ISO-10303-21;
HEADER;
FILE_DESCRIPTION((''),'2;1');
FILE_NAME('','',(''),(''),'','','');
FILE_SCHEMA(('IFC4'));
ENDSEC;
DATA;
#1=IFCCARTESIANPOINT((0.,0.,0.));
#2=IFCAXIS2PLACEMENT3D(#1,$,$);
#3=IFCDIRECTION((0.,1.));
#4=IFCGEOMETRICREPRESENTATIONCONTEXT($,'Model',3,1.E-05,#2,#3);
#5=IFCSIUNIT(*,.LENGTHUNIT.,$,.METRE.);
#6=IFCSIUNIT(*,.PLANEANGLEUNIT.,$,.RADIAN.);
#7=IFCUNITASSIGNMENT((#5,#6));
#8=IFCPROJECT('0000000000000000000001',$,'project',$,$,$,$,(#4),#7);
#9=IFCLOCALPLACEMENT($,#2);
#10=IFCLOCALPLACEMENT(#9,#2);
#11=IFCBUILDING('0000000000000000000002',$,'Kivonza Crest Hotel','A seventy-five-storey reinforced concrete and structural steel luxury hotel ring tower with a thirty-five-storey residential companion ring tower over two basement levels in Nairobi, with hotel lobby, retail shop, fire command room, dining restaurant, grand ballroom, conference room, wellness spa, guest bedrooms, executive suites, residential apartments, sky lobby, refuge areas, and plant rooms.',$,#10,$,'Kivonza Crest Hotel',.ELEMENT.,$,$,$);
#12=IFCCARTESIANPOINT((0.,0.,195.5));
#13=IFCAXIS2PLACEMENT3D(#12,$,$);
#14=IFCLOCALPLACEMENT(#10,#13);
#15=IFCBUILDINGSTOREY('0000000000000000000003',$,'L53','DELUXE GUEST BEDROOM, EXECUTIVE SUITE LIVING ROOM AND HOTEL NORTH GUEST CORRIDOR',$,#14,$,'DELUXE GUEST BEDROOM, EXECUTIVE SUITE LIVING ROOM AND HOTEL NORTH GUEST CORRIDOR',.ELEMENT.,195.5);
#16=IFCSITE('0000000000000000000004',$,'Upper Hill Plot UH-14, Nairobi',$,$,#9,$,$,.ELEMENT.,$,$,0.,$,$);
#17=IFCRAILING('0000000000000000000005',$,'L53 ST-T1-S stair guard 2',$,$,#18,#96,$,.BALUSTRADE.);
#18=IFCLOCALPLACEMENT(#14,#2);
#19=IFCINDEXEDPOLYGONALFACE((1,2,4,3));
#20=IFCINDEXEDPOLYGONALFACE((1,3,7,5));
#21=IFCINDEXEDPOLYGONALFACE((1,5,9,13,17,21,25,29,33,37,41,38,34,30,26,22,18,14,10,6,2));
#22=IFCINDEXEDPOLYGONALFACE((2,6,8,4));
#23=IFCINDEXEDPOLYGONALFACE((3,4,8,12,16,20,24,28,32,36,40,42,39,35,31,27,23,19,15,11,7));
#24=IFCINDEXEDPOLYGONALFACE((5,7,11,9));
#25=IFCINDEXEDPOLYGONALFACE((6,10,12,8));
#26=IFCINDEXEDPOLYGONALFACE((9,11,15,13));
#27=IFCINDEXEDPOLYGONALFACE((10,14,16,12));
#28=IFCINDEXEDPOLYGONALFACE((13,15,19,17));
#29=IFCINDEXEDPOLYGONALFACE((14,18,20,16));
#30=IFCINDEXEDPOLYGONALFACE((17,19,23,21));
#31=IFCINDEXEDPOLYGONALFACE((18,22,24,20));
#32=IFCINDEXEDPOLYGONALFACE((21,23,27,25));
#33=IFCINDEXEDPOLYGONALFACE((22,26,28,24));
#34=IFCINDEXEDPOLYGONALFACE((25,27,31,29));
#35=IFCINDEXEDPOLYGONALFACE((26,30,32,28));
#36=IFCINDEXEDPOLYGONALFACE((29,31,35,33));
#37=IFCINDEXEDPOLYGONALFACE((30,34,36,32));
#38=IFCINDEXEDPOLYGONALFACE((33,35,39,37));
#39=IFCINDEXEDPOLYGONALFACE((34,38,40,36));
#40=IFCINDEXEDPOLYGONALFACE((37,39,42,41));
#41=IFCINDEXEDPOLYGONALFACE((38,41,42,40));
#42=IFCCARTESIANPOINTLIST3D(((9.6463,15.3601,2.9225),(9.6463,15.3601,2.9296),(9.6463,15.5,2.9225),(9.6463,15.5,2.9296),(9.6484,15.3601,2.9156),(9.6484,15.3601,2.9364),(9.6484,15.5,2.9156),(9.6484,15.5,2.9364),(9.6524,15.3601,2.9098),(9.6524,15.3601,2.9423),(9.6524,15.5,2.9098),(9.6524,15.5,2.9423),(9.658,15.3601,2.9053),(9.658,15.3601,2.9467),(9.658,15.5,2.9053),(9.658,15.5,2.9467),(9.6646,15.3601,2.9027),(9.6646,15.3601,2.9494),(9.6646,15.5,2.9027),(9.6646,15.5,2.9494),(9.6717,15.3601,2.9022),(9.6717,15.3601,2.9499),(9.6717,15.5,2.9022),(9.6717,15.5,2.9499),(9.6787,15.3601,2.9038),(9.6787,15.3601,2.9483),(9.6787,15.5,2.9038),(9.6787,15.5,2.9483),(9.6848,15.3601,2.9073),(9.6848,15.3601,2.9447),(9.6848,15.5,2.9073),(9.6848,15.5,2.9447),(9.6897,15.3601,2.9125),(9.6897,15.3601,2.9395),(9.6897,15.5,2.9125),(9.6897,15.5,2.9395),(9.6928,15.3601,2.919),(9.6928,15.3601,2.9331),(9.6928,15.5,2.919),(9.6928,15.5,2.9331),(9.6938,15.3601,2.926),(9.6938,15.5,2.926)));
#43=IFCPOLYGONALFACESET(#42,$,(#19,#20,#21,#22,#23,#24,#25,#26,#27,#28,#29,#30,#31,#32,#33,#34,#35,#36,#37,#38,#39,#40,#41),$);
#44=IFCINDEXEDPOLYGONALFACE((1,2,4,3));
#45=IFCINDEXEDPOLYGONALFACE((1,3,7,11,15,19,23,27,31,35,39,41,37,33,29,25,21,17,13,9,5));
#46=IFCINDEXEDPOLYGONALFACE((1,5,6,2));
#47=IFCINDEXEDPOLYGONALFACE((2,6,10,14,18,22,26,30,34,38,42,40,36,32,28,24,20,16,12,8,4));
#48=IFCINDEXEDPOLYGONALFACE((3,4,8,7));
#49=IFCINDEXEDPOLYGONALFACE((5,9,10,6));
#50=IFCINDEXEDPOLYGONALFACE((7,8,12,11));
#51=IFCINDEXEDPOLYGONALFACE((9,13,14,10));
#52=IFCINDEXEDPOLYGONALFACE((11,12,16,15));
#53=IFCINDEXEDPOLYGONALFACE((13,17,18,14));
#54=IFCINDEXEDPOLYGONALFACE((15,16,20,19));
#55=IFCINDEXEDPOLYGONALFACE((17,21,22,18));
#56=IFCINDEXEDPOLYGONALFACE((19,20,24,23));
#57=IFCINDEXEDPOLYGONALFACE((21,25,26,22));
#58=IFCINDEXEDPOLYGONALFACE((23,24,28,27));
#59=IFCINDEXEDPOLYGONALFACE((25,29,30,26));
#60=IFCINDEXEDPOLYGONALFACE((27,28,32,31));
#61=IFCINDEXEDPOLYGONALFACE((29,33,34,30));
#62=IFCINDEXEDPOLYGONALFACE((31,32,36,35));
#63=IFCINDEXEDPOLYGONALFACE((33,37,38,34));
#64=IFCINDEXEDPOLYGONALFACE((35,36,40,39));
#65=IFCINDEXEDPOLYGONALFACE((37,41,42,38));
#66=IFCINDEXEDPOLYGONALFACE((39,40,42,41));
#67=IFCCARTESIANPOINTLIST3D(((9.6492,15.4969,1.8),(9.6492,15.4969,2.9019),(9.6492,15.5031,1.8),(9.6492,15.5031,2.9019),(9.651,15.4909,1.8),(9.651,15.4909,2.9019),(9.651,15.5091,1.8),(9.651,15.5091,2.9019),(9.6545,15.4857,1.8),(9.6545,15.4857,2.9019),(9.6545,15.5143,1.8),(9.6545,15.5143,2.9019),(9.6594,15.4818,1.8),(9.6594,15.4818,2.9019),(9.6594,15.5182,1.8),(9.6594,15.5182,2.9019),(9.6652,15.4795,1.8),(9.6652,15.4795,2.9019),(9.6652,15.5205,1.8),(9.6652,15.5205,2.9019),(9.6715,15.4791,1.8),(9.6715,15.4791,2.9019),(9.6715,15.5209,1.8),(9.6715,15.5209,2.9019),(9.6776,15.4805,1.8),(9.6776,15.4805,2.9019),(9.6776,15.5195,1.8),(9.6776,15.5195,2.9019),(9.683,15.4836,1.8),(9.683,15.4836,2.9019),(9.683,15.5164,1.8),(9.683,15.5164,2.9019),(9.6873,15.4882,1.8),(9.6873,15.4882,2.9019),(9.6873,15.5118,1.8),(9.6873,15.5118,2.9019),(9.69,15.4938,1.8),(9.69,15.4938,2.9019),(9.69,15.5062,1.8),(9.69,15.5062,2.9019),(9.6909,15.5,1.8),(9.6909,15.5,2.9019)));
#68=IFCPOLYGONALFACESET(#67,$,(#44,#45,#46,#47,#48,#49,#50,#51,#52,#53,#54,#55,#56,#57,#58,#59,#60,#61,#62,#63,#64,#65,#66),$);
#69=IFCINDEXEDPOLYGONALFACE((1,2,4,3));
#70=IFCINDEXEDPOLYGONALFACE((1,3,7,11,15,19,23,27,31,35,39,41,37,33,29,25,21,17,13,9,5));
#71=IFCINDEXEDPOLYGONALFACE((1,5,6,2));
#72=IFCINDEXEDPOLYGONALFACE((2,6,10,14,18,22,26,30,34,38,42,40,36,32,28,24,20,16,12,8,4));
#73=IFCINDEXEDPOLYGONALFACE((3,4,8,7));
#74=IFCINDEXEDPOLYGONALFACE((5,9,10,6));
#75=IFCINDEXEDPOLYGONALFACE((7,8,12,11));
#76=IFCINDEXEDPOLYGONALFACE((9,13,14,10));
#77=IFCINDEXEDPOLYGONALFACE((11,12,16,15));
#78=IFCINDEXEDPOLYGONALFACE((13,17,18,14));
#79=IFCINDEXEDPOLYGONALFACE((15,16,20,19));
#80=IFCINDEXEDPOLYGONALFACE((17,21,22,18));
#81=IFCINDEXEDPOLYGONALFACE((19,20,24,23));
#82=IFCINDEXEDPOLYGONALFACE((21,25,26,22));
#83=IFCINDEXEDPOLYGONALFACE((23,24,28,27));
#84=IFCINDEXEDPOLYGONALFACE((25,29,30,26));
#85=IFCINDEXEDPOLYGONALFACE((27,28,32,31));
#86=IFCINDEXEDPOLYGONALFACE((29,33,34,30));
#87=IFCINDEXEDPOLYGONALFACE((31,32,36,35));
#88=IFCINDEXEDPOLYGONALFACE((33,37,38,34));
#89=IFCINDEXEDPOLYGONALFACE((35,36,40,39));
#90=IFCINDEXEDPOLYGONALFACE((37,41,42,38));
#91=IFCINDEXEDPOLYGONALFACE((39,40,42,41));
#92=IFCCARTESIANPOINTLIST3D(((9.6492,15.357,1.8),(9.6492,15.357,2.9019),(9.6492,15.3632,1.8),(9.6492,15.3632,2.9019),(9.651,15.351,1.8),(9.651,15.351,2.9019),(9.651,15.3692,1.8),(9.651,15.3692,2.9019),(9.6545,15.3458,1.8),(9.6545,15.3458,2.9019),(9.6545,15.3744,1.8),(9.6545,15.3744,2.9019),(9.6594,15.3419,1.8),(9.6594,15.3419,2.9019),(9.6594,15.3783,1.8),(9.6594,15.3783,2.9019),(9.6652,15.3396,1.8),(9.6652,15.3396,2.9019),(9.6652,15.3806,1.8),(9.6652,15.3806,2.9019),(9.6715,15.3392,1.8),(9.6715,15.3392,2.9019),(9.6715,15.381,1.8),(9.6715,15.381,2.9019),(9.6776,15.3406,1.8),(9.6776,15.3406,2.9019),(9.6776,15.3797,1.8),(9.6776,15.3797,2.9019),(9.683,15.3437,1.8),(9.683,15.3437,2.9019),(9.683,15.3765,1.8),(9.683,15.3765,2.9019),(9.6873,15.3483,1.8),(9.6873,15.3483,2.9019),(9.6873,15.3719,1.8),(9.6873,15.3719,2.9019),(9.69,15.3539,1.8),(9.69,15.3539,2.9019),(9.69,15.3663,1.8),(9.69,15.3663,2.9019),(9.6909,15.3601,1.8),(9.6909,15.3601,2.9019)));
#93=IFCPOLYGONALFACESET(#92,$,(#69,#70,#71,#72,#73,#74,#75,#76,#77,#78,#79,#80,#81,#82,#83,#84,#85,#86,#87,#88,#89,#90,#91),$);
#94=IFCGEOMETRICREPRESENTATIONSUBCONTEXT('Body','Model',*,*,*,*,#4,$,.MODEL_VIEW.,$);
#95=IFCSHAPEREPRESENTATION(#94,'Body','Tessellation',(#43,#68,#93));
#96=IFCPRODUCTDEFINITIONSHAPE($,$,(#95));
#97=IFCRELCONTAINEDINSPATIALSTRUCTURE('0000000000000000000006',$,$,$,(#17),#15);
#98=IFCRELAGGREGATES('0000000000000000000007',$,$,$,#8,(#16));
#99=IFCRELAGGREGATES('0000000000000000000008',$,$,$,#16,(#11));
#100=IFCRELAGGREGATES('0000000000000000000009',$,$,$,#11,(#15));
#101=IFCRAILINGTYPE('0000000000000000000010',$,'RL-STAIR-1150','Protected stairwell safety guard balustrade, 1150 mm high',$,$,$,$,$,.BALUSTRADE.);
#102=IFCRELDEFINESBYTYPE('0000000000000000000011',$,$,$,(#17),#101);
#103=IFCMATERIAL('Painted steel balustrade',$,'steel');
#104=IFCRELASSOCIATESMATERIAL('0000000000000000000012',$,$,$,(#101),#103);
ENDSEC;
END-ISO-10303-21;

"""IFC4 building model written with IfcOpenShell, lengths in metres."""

from ifc_helpers import new_model, si_unit, direction, frame, origin, origin_2d, place, context, subcontext, project, spatial, circle, extrude, material, type_object, element, save


model = new_model("IFC4")

# Units and contexts
model_context = context("Model", 3, precision=1e-05, world=origin(), true_north=direction((0.0, 1.0)))
body_context = subcontext(model_context, "Body", "Model", "MODEL_VIEW")
ifc_project = project(units=[si_unit("LENGTHUNIT", "METRE"), si_unit("PLANEANGLEUNIT", "RADIAN")], contexts=[model_context])

# Site, building, storey
site_placement = place(None, origin())
site = spatial("IfcSite", under=ifc_project, at=site_placement, Name="Upper Hill Plot UH-14, Nairobi", CompositionType="ELEMENT", RefElevation=0.0)
building_placement = place(site_placement, origin())
building = spatial("IfcBuilding", under=site, at=building_placement, Name="Kivonza Crest Hotel", Description="A seventy-five-storey reinforced concrete and structural steel luxury hotel ring tower with a thirty-five-storey residential companion ring tower over two basement levels in Nairobi, with hotel lobby, retail shop, fire command room, dining restaurant, grand ballroom, conference room, wellness spa, guest bedrooms, executive suites, residential apartments, sky lobby, refuge areas, and plant rooms.", LongName="Kivonza Crest Hotel", CompositionType="ELEMENT")
storey_placement = place(building_placement, frame((0.0, 0.0, 195.5)))
storey = spatial("IfcBuildingStorey", under=building, at=storey_placement, Name="L53", Description="DELUXE GUEST BEDROOM, EXECUTIVE SUITE LIVING ROOM AND HOTEL NORTH GUEST CORRIDOR", LongName="DELUXE GUEST BEDROOM, EXECUTIVE SUITE LIVING ROOM AND HOTEL NORTH GUEST CORRIDOR", CompositionType="ELEMENT", Elevation=195.5)

# Railing
ifc_material_1 = material(Name="Painted steel balustrade", Category="steel")
railing_type_1 = type_object("IfcRailingType", Name="RL-STAIR-1150", Description="Protected stairwell safety guard balustrade, 1150 mm high", PredefinedType="BALUSTRADE", material=ifc_material_1)
railing_1_placement = place(storey_placement, frame((9.6699, 15.5, 1.8)))
element("IfcRailing", 1, at=railing_1_placement, inside=storey, type_object=railing_type_1, Name="L53 ST-T1-S stair guard 2", PredefinedType="BALUSTRADE", context=body_context, shape_type="SweptSolid", body=[
    extrude(circle(Radius=0.0239, at=origin_2d()), frame((0.0, 0.0, 1.126), z_axis=(0.0, -1.0, 0.0), x_axis=(1.0, 0.0, 0.0)), (0.0, 0.0, 1.0), 0.1399),
    extrude(circle(Radius=0.021, at=origin_2d()), origin(), (0.0, 0.0, 1.0), 1.1018),
    extrude(circle(Radius=0.021, at=origin_2d()), frame((0.0, -0.1399, 0.0)), (0.0, 0.0, 1.0), 1.1018),
])

save(model, "model.ifc")
